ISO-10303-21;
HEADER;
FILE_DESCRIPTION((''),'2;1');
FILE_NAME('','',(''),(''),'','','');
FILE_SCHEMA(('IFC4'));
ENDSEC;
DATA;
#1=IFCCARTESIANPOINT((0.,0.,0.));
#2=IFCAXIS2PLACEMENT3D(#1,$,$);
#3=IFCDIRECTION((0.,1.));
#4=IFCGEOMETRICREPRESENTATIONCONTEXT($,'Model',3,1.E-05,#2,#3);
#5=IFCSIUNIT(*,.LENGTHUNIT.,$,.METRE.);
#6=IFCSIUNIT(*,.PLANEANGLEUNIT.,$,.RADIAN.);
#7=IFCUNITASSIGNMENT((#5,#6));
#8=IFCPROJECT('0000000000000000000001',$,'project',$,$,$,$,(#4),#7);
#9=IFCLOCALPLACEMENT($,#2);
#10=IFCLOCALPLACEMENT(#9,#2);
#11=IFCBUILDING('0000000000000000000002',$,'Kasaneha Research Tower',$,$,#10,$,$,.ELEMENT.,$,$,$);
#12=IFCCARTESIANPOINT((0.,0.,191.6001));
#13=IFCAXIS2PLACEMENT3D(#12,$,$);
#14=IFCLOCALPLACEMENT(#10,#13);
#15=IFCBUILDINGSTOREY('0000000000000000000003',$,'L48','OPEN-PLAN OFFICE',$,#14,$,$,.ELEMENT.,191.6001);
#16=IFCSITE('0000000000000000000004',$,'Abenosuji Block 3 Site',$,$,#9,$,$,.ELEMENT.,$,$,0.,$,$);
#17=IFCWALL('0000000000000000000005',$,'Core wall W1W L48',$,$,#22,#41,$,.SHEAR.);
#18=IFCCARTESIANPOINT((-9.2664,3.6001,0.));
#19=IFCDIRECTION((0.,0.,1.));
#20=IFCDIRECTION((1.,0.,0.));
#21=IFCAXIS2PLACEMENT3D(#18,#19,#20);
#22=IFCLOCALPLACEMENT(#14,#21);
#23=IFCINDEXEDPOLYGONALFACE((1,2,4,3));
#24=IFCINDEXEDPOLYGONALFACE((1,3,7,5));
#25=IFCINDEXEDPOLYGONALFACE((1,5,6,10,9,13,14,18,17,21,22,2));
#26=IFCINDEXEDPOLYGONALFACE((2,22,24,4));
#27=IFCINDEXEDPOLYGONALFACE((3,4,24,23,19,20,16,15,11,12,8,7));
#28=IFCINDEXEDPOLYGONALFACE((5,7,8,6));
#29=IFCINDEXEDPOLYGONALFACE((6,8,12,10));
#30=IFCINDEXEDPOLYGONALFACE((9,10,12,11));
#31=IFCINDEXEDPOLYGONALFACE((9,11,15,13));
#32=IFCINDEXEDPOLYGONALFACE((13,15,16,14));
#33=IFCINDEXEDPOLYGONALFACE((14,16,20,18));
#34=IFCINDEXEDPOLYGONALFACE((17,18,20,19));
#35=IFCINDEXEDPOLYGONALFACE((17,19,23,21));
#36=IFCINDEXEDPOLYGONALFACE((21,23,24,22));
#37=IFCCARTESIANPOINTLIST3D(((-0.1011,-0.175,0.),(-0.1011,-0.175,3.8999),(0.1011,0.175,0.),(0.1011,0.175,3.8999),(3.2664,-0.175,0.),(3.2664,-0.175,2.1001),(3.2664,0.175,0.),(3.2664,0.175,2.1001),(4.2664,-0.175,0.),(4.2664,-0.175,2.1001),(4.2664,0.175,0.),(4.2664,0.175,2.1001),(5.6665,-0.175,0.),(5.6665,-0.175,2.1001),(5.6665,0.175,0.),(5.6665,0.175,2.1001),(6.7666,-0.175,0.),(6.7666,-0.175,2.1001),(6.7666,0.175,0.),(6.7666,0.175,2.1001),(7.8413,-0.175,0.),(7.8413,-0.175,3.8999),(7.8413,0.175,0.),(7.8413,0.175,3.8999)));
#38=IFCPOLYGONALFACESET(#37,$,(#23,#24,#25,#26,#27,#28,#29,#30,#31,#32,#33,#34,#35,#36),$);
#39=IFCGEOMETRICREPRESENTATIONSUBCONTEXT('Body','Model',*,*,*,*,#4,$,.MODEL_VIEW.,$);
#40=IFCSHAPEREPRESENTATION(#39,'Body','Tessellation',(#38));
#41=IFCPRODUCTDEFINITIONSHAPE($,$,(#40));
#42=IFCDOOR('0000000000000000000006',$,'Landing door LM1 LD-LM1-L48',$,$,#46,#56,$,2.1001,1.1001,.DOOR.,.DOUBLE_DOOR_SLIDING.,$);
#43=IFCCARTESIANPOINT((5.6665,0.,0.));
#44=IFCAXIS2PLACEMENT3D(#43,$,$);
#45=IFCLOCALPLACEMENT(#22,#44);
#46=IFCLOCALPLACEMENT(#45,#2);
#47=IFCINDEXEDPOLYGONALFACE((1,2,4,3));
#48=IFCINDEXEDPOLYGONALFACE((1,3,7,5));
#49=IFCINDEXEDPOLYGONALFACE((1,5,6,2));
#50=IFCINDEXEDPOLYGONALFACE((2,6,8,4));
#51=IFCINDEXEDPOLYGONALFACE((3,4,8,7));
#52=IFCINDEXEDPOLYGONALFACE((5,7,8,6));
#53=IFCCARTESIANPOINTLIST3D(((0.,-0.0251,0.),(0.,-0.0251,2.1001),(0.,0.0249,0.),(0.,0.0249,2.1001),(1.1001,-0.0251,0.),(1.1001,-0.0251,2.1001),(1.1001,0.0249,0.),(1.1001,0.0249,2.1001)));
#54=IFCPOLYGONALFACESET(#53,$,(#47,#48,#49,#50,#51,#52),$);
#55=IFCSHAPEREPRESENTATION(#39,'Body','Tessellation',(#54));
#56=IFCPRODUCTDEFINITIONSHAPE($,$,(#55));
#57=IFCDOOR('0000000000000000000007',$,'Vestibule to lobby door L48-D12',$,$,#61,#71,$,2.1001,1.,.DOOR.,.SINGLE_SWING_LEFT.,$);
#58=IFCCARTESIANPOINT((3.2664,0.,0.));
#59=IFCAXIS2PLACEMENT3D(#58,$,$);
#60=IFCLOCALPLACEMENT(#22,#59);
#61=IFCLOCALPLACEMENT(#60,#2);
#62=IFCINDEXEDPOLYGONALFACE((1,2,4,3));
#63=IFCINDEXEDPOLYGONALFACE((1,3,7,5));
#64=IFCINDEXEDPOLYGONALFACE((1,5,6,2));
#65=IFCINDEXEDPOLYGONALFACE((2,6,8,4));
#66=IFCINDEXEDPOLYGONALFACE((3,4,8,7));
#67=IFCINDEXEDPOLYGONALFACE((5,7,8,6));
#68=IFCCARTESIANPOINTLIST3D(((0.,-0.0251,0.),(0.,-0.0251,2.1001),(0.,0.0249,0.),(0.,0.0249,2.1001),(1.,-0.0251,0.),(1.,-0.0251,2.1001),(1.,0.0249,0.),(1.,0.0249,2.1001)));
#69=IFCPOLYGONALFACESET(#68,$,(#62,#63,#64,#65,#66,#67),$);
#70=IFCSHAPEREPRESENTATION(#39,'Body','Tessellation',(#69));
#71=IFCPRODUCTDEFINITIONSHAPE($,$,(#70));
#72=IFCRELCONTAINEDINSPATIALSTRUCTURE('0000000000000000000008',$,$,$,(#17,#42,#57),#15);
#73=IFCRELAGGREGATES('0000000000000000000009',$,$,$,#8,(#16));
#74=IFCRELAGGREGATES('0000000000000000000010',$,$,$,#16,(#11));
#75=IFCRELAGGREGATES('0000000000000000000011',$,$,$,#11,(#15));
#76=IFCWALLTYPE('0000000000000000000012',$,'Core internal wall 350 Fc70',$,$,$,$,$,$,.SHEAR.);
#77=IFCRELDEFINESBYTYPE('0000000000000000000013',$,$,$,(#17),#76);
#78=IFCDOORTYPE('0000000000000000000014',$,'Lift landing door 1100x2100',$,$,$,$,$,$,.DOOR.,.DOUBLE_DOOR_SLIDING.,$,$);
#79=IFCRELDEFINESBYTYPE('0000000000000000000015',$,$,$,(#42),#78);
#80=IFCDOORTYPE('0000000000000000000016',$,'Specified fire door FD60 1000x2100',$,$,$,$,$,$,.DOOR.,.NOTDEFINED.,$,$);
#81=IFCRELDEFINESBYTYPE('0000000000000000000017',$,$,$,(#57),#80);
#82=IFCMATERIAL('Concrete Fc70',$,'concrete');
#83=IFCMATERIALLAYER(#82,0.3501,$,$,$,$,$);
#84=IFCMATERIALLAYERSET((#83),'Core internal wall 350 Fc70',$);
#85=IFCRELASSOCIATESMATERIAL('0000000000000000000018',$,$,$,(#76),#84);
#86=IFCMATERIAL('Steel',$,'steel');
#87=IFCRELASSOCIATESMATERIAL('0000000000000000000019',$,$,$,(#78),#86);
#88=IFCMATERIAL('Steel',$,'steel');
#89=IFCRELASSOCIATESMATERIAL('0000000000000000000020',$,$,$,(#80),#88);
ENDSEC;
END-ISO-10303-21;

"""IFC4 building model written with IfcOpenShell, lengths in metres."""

from ifc_helpers import new_model, si_unit, direction, frame, frame_2d, origin, place, context, subcontext, project, spatial, polyline, rectangle, outline, extrude, material, layer, layer_set, type_object, element, fill, save


model = new_model("IFC4")

# Units and contexts
model_context = context("Model", 3, precision=1e-05, world=origin(), true_north=direction((0.0, 1.0)))
body_context = subcontext(model_context, "Body", "Model", "MODEL_VIEW")
ifc_project = project(units=[si_unit("LENGTHUNIT", "METRE"), si_unit("PLANEANGLEUNIT", "RADIAN")], contexts=[model_context])

# Site, building, storey
site_placement = place(None, origin())
site = spatial("IfcSite", under=ifc_project, at=site_placement, Name="Abenosuji Block 3 Site", CompositionType="ELEMENT", RefElevation=0.0)
building_placement = place(site_placement, origin())
building = spatial("IfcBuilding", under=site, at=building_placement, Name="Kasaneha Research Tower", CompositionType="ELEMENT")
storey_placement = place(building_placement, frame((0.0, 0.0, 191.6001)))
storey = spatial("IfcBuildingStorey", under=building, at=storey_placement, Name="L48", Description="OPEN-PLAN OFFICE", CompositionType="ELEMENT", Elevation=191.6001)

# Wall, openings, doors
ifc_material_1 = material(Name="Concrete Fc70", Category="concrete")
ifc_layer_1 = layer(ifc_material_1, 0.3501)
ifc_layer_set_1 = layer_set([ifc_layer_1], Name="Core internal wall 350 Fc70")
wall_type = type_object("IfcWallType", Name="Core internal wall 350 Fc70", PredefinedType="SHEAR", material=ifc_layer_set_1)
wall_1_placement = place(storey_placement, frame((-9.2664, 3.6001, 0.0), z_axis=(0.0, 0.0, 1.0), x_axis=(1.0, 0.0, 0.0)))
wall_1 = element("IfcWall", 1, at=wall_1_placement, inside=storey, type_object=wall_type, Name="Core wall W1W L48", PredefinedType="SHEAR", context=body_context, shape_type="SweptSolid", body=[
    extrude(outline(polyline([(-0.1011, -0.175), (3.2664, -0.175), (4.2664, -0.175), (5.6665, -0.175), (6.7666, -0.175), (7.8413, -0.175), (7.8413, 0.175), (6.7666, 0.175), (5.6665, 0.175), (4.2664, 0.175), (3.2664, 0.175), (0.1011, 0.175), (-0.1011, -0.175)])), origin(), (0.0, 0.0, 1.0), 3.8999),
])
opening_1_placement = place(wall_1_placement, frame((3.2664, 0.0, 0.0)))
opening_1 = element("IfcOpeningElement", 2, at=opening_1_placement, cuts=wall_1, PredefinedType="OPENING", context=body_context, shape_type="SweptSolid", body=[
    extrude(rectangle(XDim=1.0, YDim=2.1001, at=frame_2d((0.5, 1.05))), frame((0.0, 0.1851, 0.0), z_axis=(0.0, -1.0, 0.0), x_axis=(1.0, 0.0, 0.0)), (0.0, 0.0, 1.0), 0.3701),
])
opening_2_placement = place(wall_1_placement, frame((5.6665, 0.0, 0.0)))
opening_2 = element("IfcOpeningElement", 3, at=opening_2_placement, cuts=wall_1, PredefinedType="OPENING", context=body_context, shape_type="SweptSolid", body=[
    extrude(rectangle(XDim=1.1001, YDim=2.1001, at=frame_2d((0.55, 1.05))), frame((0.0, 0.1851, 0.0), z_axis=(0.0, -1.0, 0.0), x_axis=(1.0, 0.0, 0.0)), (0.0, 0.0, 1.0), 0.3701),
])
ifc_material_2 = material(Name="Steel", Category="steel")
door_type_1 = type_object("IfcDoorType", Name="Lift landing door 1100x2100", OperationType="DOUBLE_DOOR_SLIDING", PredefinedType="DOOR", material=ifc_material_2)
door_1_placement = place(opening_2_placement, origin())
door_1 = element("IfcDoor", 4, at=door_1_placement, inside=storey, type_object=door_type_1, Name="Landing door LM1 LD-LM1-L48", OperationType="DOUBLE_DOOR_SLIDING", OverallHeight=2.1001, OverallWidth=1.1001, PredefinedType="DOOR", context=body_context, shape_type="SweptSolid", body=[
    extrude(rectangle(XDim=1.1001, YDim=2.1001, at=frame_2d((0.55, 1.05))), frame((0.0, 0.0249, 0.0), z_axis=(0.0, -1.0, 0.0), x_axis=(1.0, 0.0, 0.0)), (0.0, 0.0, 1.0), 0.05),
])
fill(opening_2, door_1)
ifc_material_3 = material(Name="Steel", Category="steel")
door_type_2 = type_object("IfcDoorType", Name="Specified fire door FD60 1000x2100", OperationType="NOTDEFINED", PredefinedType="DOOR", material=ifc_material_3)
door_2_placement = place(opening_1_placement, origin())
door_2 = element("IfcDoor", 5, at=door_2_placement, inside=storey, type_object=door_type_2, Name="Vestibule to lobby door L48-D12", OperationType="SINGLE_SWING_LEFT", OverallHeight=2.1001, OverallWidth=1.0, PredefinedType="DOOR", context=body_context, shape_type="SweptSolid", body=[
    extrude(rectangle(XDim=1.0, YDim=2.1001, at=frame_2d((0.5, 1.05))), frame((0.0, 0.0249, 0.0), z_axis=(0.0, -1.0, 0.0), x_axis=(1.0, 0.0, 0.0)), (0.0, 0.0, 1.0), 0.05),
])
fill(opening_1, door_2)

save(model, "model.ifc")
